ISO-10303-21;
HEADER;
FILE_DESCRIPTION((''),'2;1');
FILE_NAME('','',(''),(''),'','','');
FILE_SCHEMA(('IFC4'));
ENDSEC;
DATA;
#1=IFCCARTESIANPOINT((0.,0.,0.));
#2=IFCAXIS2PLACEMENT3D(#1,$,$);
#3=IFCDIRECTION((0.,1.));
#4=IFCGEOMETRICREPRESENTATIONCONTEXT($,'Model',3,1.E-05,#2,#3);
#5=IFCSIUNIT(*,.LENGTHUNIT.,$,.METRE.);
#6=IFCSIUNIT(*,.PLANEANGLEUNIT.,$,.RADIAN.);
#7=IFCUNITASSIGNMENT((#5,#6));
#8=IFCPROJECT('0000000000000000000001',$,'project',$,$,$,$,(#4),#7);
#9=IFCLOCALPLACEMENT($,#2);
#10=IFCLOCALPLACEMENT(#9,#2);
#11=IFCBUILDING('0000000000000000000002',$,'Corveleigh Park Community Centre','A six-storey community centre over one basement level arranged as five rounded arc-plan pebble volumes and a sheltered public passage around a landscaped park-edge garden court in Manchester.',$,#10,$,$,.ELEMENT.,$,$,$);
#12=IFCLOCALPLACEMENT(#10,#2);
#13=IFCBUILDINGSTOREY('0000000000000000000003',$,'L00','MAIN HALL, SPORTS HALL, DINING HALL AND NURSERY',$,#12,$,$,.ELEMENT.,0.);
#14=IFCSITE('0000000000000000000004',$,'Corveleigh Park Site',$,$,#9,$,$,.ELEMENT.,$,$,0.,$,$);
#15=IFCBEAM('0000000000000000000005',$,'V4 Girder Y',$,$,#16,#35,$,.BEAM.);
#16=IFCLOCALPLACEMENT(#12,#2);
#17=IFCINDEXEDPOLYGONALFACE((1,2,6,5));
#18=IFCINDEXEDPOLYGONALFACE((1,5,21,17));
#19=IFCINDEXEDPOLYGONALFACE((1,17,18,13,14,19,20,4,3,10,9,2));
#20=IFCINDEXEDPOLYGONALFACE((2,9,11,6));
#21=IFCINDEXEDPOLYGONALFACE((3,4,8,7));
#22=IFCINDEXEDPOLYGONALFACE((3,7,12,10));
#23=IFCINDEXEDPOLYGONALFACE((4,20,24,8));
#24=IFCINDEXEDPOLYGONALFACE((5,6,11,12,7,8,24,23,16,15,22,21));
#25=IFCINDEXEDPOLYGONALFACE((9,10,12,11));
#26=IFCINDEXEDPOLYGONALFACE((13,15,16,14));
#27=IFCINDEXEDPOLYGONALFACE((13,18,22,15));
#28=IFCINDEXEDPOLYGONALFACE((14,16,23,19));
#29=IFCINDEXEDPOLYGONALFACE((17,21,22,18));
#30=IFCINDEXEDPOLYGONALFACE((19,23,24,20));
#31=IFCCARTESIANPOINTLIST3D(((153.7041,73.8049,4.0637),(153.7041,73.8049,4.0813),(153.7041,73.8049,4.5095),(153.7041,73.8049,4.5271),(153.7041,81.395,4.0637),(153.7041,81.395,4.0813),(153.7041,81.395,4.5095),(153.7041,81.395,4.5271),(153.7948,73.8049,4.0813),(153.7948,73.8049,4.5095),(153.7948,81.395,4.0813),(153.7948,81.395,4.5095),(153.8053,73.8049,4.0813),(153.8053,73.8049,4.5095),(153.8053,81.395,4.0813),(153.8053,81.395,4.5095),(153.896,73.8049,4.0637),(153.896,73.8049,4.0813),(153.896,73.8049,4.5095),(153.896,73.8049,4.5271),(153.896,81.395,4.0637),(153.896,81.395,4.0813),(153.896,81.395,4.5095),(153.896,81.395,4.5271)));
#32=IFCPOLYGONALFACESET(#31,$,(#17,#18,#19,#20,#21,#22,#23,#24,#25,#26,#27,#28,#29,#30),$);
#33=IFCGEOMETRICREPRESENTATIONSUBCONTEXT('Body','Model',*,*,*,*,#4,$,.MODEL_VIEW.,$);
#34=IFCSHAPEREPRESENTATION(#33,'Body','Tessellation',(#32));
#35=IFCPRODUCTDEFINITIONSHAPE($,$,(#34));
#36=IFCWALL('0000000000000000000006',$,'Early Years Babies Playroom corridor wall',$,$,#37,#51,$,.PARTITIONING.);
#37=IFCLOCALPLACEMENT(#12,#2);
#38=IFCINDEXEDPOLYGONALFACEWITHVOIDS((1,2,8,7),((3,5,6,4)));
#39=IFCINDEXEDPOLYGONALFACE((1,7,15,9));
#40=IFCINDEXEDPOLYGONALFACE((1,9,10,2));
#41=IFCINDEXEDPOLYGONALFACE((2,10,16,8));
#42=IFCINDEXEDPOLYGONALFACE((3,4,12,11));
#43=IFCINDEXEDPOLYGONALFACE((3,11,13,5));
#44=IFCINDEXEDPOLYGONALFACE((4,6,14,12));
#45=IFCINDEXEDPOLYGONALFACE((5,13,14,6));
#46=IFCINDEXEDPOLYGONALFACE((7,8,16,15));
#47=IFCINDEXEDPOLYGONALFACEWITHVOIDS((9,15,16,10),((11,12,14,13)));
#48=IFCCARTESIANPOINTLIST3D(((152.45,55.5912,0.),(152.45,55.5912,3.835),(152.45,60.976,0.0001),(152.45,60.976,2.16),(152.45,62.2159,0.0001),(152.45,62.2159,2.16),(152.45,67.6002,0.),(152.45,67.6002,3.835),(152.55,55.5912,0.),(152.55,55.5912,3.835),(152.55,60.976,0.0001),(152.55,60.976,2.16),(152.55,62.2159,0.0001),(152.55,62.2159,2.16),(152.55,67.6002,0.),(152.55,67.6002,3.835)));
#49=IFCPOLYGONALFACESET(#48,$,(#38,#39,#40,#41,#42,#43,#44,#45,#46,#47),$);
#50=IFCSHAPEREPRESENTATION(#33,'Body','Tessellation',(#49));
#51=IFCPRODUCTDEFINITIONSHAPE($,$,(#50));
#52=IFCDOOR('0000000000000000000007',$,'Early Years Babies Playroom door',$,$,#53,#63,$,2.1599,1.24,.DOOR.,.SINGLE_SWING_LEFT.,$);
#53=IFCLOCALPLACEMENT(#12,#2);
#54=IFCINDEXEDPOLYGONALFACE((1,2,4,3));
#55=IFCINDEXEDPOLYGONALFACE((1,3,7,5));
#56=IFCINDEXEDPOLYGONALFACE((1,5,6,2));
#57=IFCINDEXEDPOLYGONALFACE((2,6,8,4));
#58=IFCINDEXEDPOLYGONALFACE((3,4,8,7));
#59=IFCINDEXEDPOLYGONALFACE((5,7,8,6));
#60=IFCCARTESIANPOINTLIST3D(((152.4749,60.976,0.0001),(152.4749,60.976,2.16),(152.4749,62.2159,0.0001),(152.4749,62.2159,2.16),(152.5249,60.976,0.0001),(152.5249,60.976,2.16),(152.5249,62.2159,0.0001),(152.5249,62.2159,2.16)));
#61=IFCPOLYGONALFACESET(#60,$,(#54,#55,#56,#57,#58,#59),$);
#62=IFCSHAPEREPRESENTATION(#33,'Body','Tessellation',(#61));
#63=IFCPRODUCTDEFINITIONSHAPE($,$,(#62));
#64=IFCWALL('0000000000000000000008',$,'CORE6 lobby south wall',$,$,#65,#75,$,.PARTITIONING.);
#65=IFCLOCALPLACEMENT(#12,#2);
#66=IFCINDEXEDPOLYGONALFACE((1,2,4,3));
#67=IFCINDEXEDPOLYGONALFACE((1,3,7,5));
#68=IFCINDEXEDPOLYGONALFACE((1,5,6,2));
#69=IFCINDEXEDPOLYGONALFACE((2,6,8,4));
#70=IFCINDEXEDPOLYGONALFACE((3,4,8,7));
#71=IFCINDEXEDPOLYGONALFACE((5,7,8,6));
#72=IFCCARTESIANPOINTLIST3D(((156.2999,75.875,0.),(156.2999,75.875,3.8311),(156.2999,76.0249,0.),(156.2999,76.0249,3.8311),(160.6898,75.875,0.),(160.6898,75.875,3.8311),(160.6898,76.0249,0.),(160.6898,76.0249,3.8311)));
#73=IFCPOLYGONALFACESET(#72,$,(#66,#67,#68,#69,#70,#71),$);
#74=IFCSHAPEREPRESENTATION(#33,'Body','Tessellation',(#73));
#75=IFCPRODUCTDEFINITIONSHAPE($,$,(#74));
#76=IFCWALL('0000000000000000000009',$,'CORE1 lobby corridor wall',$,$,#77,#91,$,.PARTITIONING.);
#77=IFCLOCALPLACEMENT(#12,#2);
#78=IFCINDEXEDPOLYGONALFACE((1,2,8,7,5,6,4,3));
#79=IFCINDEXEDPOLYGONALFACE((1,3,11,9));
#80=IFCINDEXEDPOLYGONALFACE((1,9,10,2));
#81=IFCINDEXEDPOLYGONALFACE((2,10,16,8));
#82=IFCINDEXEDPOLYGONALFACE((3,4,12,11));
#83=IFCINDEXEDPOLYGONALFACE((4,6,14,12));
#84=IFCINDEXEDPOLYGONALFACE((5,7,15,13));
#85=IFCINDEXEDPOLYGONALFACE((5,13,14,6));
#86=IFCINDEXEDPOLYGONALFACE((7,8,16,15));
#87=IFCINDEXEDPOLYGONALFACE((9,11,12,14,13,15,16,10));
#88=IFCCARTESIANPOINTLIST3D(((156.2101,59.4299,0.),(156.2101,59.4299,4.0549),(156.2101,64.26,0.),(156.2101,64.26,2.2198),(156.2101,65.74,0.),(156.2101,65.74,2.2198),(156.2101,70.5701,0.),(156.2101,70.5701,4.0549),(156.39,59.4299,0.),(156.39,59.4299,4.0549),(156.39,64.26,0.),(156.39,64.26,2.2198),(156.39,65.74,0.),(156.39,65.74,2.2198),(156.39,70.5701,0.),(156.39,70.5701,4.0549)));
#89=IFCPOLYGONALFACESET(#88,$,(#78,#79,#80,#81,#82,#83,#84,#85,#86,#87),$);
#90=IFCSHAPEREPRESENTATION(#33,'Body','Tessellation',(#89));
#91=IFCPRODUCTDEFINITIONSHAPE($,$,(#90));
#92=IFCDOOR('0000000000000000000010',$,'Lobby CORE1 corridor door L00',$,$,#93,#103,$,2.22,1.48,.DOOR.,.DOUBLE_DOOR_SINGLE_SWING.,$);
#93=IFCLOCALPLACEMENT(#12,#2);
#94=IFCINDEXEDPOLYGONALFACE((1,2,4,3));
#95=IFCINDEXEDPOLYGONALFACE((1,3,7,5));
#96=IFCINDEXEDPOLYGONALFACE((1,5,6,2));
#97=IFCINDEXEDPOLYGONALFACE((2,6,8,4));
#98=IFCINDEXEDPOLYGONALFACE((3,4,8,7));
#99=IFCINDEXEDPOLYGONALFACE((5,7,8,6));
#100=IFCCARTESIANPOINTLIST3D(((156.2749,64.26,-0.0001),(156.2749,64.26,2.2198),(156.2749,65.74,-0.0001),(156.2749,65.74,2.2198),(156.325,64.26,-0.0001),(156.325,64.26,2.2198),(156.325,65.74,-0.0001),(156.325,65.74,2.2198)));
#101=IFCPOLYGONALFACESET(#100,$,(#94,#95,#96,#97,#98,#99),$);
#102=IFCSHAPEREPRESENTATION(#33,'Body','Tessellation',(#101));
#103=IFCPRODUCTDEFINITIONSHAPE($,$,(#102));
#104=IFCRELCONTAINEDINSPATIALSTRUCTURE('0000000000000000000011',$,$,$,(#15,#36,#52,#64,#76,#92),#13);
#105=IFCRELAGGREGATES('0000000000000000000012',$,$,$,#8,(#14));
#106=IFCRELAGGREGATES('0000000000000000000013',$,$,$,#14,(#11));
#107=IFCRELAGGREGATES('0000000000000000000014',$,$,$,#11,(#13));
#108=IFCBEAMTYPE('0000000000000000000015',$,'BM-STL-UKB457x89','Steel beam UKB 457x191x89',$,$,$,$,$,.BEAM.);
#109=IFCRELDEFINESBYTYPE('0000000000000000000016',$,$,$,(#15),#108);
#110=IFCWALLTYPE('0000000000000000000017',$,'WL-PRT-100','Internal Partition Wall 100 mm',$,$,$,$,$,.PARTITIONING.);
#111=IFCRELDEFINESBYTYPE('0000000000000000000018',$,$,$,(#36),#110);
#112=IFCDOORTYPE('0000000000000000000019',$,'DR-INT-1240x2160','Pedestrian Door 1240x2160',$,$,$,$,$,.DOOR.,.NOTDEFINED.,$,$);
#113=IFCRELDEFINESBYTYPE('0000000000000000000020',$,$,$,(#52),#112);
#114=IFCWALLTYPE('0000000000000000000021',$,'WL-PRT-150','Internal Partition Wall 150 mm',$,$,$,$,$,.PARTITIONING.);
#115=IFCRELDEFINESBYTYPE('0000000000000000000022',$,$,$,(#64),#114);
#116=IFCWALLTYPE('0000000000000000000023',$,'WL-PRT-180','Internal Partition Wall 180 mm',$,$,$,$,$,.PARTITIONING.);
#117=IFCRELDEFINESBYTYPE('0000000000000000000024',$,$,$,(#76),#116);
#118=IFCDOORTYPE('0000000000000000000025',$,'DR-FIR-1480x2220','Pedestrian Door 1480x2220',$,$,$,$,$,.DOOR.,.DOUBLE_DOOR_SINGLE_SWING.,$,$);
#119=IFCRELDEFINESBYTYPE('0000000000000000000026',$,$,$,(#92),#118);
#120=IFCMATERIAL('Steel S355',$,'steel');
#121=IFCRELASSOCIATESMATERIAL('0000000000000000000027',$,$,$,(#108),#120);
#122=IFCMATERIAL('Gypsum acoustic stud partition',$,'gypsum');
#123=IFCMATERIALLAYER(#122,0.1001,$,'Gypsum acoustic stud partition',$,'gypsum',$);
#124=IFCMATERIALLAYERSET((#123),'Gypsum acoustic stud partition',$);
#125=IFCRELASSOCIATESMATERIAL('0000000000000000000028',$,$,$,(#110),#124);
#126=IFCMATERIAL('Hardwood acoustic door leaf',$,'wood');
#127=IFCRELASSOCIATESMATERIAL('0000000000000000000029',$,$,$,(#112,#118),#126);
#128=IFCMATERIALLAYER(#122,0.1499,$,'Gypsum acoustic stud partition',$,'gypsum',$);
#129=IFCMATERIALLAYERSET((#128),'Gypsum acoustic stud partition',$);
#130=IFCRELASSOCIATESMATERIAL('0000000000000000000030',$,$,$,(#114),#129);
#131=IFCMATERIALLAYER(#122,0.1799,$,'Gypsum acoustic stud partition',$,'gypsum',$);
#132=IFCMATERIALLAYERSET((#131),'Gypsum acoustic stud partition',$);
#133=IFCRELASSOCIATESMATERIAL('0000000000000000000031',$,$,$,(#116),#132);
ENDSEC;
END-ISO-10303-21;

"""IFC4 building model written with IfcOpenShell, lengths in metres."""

from ifc_helpers import new_model, si_unit, direction, frame, frame_2d, origin, origin_2d, place, context, subcontext, project, spatial, rectangle, i_section, extrude, material, layer, layer_set, material_profile, profile_set, type_object, element, fill, save


model = new_model("IFC4")

# Units and contexts
model_context = context("Model", 3, precision=1e-05, world=origin(), true_north=direction((0.0, 1.0)))
body_context = subcontext(model_context, "Body", "Model", "MODEL_VIEW")
ifc_project = project(units=[si_unit("LENGTHUNIT", "METRE"), si_unit("PLANEANGLEUNIT", "RADIAN")], contexts=[model_context])

# Site, building, storey
site_placement = place(None, origin())
site = spatial("IfcSite", under=ifc_project, at=site_placement, Name="Corveleigh Park Site", CompositionType="ELEMENT", RefElevation=0.0)
building_placement = place(site_placement, origin())
building = spatial("IfcBuilding", under=site, at=building_placement, Name="Corveleigh Park Community Centre", Description="A six-storey community centre over one basement level arranged as five rounded arc-plan pebble volumes and a sheltered public passage around a landscaped park-edge garden court in Manchester.", CompositionType="ELEMENT")
storey_placement = place(building_placement, origin())
storey = spatial("IfcBuildingStorey", under=building, at=storey_placement, Name="L00", Description="MAIN HALL, SPORTS HALL, DINING HALL AND NURSERY", CompositionType="ELEMENT", Elevation=0.0)

# Shared definitions
ifc_material_1 = material(Name="Steel S355", Category="steel")

# Beam
ifc_material_profile_1 = material_profile(ifc_material_1, i_section(OverallWidth=0.1919, OverallDepth=0.4634, WebThickness=0.0105, FlangeThickness=0.0176, at=origin_2d()), Name="UKB 457x191x89", Category="steel")
ifc_profile_set_1 = profile_set([ifc_material_profile_1], Name="Steel S355")
beam_type_1 = type_object("IfcBeamType", Name="BM-STL-UKB457x89", Description="Steel beam UKB 457x191x89", PredefinedType="BEAM", material=ifc_profile_set_1)
beam_1_placement = place(storey_placement, frame((153.8, 73.8049, 4.2954), z_axis=(0.0, 1.0, 0.0), x_axis=(-1.0, 0.0, 0.0)))
element("IfcBeam", 1, at=beam_1_placement, inside=storey, type_object=beam_type_1, Name="V4 Girder Y", PredefinedType="BEAM", context=body_context, shape_type="SweptSolid", body=[
    extrude(i_section(OverallWidth=0.1919, OverallDepth=0.4634, WebThickness=0.0105, FlangeThickness=0.0176, at=origin_2d()), origin(), (0.0, 0.0, 1.0), 7.5901),
])

# Wall, opening, door
ifc_material_2 = material(Name="Gypsum acoustic stud partition", Category="gypsum")
ifc_layer_1 = layer(ifc_material_2, 0.1001, Name="Gypsum acoustic stud partition", Category="gypsum")
ifc_layer_set_1 = layer_set([ifc_layer_1], Name="Gypsum acoustic stud partition")
wall_type_1 = type_object("IfcWallType", Name="WL-PRT-100", Description="Internal Partition Wall 100 mm", PredefinedType="PARTITIONING", material=ifc_layer_set_1)
wall_1_placement = place(storey_placement, frame((152.5, 67.6001, 0.0), z_axis=(0.0, 0.0, 1.0), x_axis=(0.0, -1.0, 0.0)))
wall_1 = element("IfcWall", 2, at=wall_1_placement, inside=storey, type_object=wall_type_1, Name="Early Years Babies Playroom corridor wall", PredefinedType="PARTITIONING", context=body_context, shape_type="SweptSolid", body=[
    extrude(rectangle(XDim=12.009, YDim=0.1001, at=frame_2d((6.0044, 0.0))), origin(), (0.0, 0.0, 1.0), 3.835),
])
opening_1_placement = place(wall_1_placement, frame((5.384, 0.0, 0.0)))
opening_1 = element("IfcOpeningElement", 3, at=opening_1_placement, cuts=wall_1, PredefinedType="OPENING", context=body_context, shape_type="SweptSolid", body=[
    extrude(rectangle(XDim=1.24, YDim=2.1599, at=frame_2d((0.6201, 1.0801))), frame((0.0, 0.0601, 0.0), z_axis=(0.0, -1.0, 0.0), x_axis=(1.0, 0.0, 0.0)), (0.0, 0.0, 1.0), 0.1201),
])
ifc_material_3 = material(Name="Hardwood acoustic door leaf", Category="wood")
door_type_1 = type_object("IfcDoorType", Name="DR-INT-1240x2160", Description="Pedestrian Door 1240x2160", OperationType="NOTDEFINED", PredefinedType="DOOR", material=ifc_material_3)
door_1_placement = place(opening_1_placement, origin())
door_1 = element("IfcDoor", 4, at=door_1_placement, inside=storey, type_object=door_type_1, Name="Early Years Babies Playroom door", OperationType="SINGLE_SWING_LEFT", OverallHeight=2.1599, OverallWidth=1.24, PredefinedType="DOOR", context=body_context, shape_type="SweptSolid", body=[
    extrude(rectangle(XDim=1.24, YDim=2.1599, at=frame_2d((0.6201, 1.0801))), frame((0.0, 0.0249, 0.0), z_axis=(0.0, -1.0, 0.0), x_axis=(1.0, 0.0, 0.0)), (0.0, 0.0, 1.0), 0.05),
])
fill(opening_1, door_1)

# Wall
ifc_layer_2 = layer(ifc_material_2, 0.1499, Name="Gypsum acoustic stud partition", Category="gypsum")
ifc_layer_set_2 = layer_set([ifc_layer_2], Name="Gypsum acoustic stud partition")
wall_type_2 = type_object("IfcWallType", Name="WL-PRT-150", Description="Internal Partition Wall 150 mm", PredefinedType="PARTITIONING", material=ifc_layer_set_2)
wall_2_placement = place(storey_placement, frame((156.3, 75.95, 0.0), z_axis=(0.0, 0.0, 1.0), x_axis=(1.0, 0.0, 0.0)))
element("IfcWall", 5, at=wall_2_placement, inside=storey, type_object=wall_type_2, Name="CORE6 lobby south wall", PredefinedType="PARTITIONING", context=body_context, shape_type="SweptSolid", body=[
    extrude(rectangle(XDim=4.3899, YDim=0.1499, at=frame_2d((2.1948, 0.0))), origin(), (0.0, 0.0, 1.0), 3.8311),
])

# Wall, opening, door
ifc_layer_3 = layer(ifc_material_2, 0.1799, Name="Gypsum acoustic stud partition", Category="gypsum")
ifc_layer_set_3 = layer_set([ifc_layer_3], Name="Gypsum acoustic stud partition")
wall_type_3 = type_object("IfcWallType", Name="WL-PRT-180", Description="Internal Partition Wall 180 mm", PredefinedType="PARTITIONING", material=ifc_layer_set_3)
wall_3_placement = place(storey_placement, frame((156.3, 70.5701, 0.0), z_axis=(0.0, 0.0, 1.0), x_axis=(0.0, -1.0, 0.0)))
wall_3 = element("IfcWall", 6, at=wall_3_placement, inside=storey, type_object=wall_type_3, Name="CORE1 lobby corridor wall", PredefinedType="PARTITIONING", context=body_context, shape_type="SweptSolid", body=[
    extrude(rectangle(XDim=11.1401, YDim=0.1799, at=frame_2d((5.5701, 0.0))), origin(), (0.0, 0.0, 1.0), 4.0549),
])
opening_2_placement = place(wall_3_placement, frame((4.8301, 0.0, 0.0)))
opening_2 = element("IfcOpeningElement", 7, at=opening_2_placement, cuts=wall_3, PredefinedType="OPENING", context=body_context, shape_type="SweptSolid", body=[
    extrude(rectangle(XDim=1.48, YDim=2.22, at=frame_2d((0.74, 1.1099))), frame((0.0, 0.0999, 0.0), z_axis=(0.0, -1.0, 0.0), x_axis=(1.0, 0.0, 0.0)), (0.0, 0.0, 1.0), 0.2),
])
door_type_2 = type_object("IfcDoorType", Name="DR-FIR-1480x2220", Description="Pedestrian Door 1480x2220", OperationType="DOUBLE_DOOR_SINGLE_SWING", PredefinedType="DOOR", material=ifc_material_3)
door_2_placement = place(opening_2_placement, origin())
door_2 = element("IfcDoor", 8, at=door_2_placement, inside=storey, type_object=door_type_2, Name="Lobby CORE1 corridor door L00", OperationType="DOUBLE_DOOR_SINGLE_SWING", OverallHeight=2.22, OverallWidth=1.48, PredefinedType="DOOR", context=body_context, shape_type="SweptSolid", body=[
    extrude(rectangle(XDim=1.48, YDim=2.22, at=frame_2d((0.74, 1.1099))), frame((0.0, 0.0249, 0.0), z_axis=(0.0, -1.0, 0.0), x_axis=(1.0, 0.0, 0.0)), (0.0, 0.0, 1.0), 0.05),
])
fill(opening_2, door_2)

save(model, "model.ifc")
